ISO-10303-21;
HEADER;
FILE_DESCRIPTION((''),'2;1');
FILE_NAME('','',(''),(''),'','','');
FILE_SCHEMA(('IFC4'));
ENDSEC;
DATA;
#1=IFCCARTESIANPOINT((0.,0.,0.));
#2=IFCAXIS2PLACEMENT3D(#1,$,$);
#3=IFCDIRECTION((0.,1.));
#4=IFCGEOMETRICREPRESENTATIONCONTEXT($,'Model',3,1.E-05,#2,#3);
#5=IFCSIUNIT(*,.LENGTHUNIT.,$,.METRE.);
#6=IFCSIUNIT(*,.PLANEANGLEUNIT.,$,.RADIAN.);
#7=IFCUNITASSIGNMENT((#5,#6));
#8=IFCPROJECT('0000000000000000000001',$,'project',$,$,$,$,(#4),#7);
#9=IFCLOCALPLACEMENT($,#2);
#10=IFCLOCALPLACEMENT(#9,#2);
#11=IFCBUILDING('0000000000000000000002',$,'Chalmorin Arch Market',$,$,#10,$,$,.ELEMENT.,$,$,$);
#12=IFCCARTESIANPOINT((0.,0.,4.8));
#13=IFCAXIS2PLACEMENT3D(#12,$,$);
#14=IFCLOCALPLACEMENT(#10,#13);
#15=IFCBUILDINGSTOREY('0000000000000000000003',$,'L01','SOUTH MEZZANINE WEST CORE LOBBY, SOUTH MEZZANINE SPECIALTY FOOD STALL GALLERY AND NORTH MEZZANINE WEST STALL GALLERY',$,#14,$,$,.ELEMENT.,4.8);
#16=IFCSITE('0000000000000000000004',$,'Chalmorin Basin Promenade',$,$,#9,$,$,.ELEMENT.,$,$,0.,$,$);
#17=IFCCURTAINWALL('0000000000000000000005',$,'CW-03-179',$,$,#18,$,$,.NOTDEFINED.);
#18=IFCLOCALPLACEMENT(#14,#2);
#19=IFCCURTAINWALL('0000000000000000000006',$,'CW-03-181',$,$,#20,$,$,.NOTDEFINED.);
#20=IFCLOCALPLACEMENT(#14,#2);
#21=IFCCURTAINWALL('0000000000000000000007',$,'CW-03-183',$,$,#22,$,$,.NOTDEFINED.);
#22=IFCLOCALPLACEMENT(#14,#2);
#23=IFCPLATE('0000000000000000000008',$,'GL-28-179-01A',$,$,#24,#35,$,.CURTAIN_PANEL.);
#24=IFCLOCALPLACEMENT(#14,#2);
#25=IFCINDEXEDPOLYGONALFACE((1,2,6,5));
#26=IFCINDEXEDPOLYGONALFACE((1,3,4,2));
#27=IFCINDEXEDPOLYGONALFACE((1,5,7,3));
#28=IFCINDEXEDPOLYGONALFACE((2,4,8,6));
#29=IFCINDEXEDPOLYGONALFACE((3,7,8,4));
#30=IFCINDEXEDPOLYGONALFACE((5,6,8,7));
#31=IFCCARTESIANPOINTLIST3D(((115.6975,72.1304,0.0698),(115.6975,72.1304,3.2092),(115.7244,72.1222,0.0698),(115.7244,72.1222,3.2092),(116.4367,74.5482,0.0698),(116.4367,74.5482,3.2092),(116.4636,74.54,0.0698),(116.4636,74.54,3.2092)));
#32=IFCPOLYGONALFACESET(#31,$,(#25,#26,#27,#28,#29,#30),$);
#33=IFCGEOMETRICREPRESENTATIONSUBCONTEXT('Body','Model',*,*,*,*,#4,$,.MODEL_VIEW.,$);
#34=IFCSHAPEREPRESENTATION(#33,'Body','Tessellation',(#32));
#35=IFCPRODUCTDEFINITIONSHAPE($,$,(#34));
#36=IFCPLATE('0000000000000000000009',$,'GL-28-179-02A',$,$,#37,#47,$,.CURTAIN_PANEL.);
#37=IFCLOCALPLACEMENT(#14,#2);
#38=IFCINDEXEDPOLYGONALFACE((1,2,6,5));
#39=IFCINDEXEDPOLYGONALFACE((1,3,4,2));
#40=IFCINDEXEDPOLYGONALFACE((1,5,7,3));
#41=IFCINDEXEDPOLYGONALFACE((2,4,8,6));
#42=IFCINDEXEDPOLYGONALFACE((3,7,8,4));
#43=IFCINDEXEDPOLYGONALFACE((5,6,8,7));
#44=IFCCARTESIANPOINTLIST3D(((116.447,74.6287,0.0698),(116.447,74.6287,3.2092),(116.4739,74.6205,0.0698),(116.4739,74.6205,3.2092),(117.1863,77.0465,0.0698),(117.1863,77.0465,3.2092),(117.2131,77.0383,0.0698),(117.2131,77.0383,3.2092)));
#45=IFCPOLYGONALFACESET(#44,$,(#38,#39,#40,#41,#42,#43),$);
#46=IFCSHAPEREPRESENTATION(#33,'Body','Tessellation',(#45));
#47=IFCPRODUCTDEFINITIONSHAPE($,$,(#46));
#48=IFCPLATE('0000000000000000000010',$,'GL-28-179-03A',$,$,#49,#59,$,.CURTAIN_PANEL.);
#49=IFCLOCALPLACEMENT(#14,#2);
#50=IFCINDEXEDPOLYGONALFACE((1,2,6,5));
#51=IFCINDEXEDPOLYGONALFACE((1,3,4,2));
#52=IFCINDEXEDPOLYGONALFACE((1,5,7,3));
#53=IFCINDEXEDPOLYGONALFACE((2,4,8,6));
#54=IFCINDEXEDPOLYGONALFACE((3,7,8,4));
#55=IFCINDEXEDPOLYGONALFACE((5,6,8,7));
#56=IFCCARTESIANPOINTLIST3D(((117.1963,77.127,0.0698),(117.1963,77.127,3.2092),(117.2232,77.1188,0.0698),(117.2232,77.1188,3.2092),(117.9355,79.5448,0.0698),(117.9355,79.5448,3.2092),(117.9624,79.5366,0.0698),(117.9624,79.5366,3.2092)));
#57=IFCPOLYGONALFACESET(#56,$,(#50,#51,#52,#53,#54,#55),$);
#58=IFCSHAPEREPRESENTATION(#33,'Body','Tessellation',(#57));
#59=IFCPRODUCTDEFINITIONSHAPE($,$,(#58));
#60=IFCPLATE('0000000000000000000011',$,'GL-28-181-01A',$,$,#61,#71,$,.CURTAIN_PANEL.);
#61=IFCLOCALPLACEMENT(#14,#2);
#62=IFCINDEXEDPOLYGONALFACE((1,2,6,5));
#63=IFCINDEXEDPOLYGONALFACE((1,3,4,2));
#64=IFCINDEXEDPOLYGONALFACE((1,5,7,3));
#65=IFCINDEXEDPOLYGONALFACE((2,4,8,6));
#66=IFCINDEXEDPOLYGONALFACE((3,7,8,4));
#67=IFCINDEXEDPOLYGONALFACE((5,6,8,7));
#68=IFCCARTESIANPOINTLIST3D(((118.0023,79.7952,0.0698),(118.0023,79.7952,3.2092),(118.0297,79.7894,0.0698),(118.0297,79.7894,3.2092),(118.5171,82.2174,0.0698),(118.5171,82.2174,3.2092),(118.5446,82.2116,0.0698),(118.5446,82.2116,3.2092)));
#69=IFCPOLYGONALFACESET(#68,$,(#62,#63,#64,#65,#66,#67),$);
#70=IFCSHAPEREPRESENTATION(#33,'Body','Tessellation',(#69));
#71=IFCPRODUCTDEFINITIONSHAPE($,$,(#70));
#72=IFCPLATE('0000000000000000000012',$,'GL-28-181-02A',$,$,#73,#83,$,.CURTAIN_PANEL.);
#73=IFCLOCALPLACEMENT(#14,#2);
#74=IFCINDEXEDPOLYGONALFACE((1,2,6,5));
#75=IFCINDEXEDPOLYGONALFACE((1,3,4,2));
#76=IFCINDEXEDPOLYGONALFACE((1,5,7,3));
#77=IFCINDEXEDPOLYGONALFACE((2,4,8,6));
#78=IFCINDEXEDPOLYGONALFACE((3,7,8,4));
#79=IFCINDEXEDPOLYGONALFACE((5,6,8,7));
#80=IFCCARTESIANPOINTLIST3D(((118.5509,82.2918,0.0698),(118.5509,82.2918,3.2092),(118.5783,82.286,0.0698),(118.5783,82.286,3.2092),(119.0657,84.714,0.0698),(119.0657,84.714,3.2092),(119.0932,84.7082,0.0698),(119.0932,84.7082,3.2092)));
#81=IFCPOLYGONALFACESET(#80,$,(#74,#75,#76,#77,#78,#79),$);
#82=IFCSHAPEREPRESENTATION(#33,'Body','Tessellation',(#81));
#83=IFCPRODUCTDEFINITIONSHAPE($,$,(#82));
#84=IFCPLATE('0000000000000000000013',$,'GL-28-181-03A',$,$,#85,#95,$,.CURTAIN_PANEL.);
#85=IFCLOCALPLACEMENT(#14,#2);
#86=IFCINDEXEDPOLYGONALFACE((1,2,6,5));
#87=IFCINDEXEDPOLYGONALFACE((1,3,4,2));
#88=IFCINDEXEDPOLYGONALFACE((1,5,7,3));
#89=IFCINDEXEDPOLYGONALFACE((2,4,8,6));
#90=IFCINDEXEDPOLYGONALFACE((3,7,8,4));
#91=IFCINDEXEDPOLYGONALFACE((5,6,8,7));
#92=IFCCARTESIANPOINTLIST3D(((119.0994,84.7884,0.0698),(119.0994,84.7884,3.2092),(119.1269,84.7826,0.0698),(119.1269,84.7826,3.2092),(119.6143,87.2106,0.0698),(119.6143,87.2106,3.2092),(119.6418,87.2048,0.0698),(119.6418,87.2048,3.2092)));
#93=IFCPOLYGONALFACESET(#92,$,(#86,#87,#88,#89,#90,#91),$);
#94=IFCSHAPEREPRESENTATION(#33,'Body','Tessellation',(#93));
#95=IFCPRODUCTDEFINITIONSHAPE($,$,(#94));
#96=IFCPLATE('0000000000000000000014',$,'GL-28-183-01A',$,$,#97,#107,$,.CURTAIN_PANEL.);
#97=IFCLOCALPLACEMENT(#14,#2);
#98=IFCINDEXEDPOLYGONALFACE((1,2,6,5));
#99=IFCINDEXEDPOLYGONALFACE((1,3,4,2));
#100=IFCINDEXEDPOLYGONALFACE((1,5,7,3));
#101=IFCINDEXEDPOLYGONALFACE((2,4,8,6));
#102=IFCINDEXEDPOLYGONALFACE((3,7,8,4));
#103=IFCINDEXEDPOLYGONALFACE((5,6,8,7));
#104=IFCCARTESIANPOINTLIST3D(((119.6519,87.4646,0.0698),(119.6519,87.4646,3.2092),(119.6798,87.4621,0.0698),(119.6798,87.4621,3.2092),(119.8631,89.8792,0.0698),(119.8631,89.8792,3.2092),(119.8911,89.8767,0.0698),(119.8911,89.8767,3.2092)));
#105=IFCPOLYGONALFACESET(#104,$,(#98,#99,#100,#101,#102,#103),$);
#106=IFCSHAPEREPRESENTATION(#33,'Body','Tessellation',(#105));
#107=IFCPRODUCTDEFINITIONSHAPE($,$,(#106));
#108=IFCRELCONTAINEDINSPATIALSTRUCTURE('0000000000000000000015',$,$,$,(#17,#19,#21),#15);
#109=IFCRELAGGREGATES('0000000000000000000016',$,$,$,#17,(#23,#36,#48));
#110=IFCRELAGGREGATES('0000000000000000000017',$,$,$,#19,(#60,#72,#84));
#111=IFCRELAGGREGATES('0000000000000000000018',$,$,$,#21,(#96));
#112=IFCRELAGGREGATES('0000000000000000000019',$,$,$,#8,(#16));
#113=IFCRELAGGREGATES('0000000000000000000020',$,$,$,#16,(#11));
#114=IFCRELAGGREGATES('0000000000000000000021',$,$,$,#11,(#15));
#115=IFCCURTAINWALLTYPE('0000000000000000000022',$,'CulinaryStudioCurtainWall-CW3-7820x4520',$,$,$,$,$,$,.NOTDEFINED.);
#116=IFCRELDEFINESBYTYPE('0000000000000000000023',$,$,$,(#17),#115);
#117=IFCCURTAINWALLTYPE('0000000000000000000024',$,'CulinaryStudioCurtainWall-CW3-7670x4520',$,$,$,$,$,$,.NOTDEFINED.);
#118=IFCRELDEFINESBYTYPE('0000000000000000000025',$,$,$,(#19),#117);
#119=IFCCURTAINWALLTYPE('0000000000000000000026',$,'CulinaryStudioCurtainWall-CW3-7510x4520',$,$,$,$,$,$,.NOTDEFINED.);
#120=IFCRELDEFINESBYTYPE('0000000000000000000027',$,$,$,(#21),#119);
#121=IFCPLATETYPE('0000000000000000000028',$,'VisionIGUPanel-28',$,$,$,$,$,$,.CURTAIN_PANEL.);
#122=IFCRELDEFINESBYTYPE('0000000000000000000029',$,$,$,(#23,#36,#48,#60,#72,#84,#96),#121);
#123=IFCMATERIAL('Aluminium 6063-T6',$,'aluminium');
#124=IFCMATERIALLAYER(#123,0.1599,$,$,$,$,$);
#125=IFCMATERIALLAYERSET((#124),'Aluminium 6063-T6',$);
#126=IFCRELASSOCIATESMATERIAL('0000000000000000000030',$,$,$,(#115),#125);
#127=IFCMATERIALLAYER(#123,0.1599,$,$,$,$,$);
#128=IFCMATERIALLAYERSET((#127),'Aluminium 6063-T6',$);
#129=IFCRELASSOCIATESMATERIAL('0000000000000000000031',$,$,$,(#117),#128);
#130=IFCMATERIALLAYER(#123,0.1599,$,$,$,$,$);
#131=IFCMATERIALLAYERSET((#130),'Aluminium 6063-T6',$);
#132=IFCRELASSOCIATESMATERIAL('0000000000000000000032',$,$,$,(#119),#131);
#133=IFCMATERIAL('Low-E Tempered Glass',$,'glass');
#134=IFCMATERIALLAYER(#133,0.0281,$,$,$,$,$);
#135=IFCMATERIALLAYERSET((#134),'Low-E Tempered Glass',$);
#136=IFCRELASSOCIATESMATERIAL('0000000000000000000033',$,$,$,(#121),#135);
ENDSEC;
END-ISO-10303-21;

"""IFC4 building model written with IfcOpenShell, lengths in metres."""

from ifc_helpers import new_model, si_unit, direction, frame, origin, origin_2d, place, context, subcontext, project, spatial, rectangle, extrude, material, layer, layer_set, type_object, element, aggregate, save


model = new_model("IFC4")

# Units and contexts
model_context = context("Model", 3, precision=1e-05, world=origin(), true_north=direction((0.0, 1.0)))
body_context = subcontext(model_context, "Body", "Model", "MODEL_VIEW")
ifc_project = project(units=[si_unit("LENGTHUNIT", "METRE"), si_unit("PLANEANGLEUNIT", "RADIAN")], contexts=[model_context])

# Site, building, storey
site_placement = place(None, origin())
site = spatial("IfcSite", under=ifc_project, at=site_placement, Name="Chalmorin Basin Promenade", CompositionType="ELEMENT", RefElevation=0.0)
building_placement = place(site_placement, origin())
building = spatial("IfcBuilding", under=site, at=building_placement, Name="Chalmorin Arch Market", CompositionType="ELEMENT")
storey_placement = place(building_placement, frame((0.0, 0.0, 4.8)))
storey = spatial("IfcBuildingStorey", under=building, at=storey_placement, Name="L01", Description="SOUTH MEZZANINE WEST CORE LOBBY, SOUTH MEZZANINE SPECIALTY FOOD STALL GALLERY AND NORTH MEZZANINE WEST STALL GALLERY", CompositionType="ELEMENT", Elevation=4.8)

# Shared definitions
ifc_material_1 = material(Name="Aluminium 6063-T6", Category="aluminium")

# Curtain walls
ifc_layer_1 = layer(ifc_material_1, 0.1599)
ifc_layer_set_1 = layer_set([ifc_layer_1], Name="Aluminium 6063-T6")
curtain_wall_type_1 = type_object("IfcCurtainWallType", Name="CulinaryStudioCurtainWall-CW3-7820x4520", PredefinedType="NOTDEFINED", material=ifc_layer_set_1)
curtain_wall_1_placement = place(storey_placement, origin())
curtain_wall_1 = element("IfcCurtainWall", 1, at=curtain_wall_1_placement, inside=storey, type_object=curtain_wall_type_1, Name="CW-03-179", PredefinedType="NOTDEFINED")
ifc_layer_2 = layer(ifc_material_1, 0.1599)
ifc_layer_set_2 = layer_set([ifc_layer_2], Name="Aluminium 6063-T6")
curtain_wall_type_2 = type_object("IfcCurtainWallType", Name="CulinaryStudioCurtainWall-CW3-7670x4520", PredefinedType="NOTDEFINED", material=ifc_layer_set_2)
curtain_wall_2_placement = place(storey_placement, origin())
curtain_wall_2 = element("IfcCurtainWall", 2, at=curtain_wall_2_placement, inside=storey, type_object=curtain_wall_type_2, Name="CW-03-181", PredefinedType="NOTDEFINED")

# Curtain wall
ifc_layer_3 = layer(ifc_material_1, 0.1599)
ifc_layer_set_3 = layer_set([ifc_layer_3], Name="Aluminium 6063-T6")
curtain_wall_type_3 = type_object("IfcCurtainWallType", Name="CulinaryStudioCurtainWall-CW3-7510x4520", PredefinedType="NOTDEFINED", material=ifc_layer_set_3)
curtain_wall_3_placement = place(storey_placement, origin())
curtain_wall_3 = element("IfcCurtainWall", 3, at=curtain_wall_3_placement, inside=storey, type_object=curtain_wall_type_3, Name="CW-03-183", PredefinedType="NOTDEFINED")

# Plates
ifc_material_2 = material(Name="Low-E Tempered Glass", Category="glass")
ifc_layer_4 = layer(ifc_material_2, 0.0281)
ifc_layer_set_4 = layer_set([ifc_layer_4], Name="Low-E Tempered Glass")
plate_type_1 = type_object("IfcPlateType", Name="VisionIGUPanel-28", PredefinedType="CURTAIN_PANEL", material=ifc_layer_set_4)
plate_1_placement = place(storey_placement, frame((116.0806, 73.3352, 0.0698), z_axis=(0.0, 0.0, 1.0), x_axis=(0.292372, 0.956305, 0.0)))
plate_1 = element("IfcPlate", 4, at=plate_1_placement, type_object=plate_type_1, Name="GL-28-179-01A", PredefinedType="CURTAIN_PANEL", context=body_context, shape_type="SweptSolid", body=[
    extrude(rectangle(XDim=2.5283, YDim=0.0281, at=origin_2d()), origin(), (0.0, 0.0, 1.0), 3.1394),
])
plate_2_placement = place(storey_placement, frame((116.8301, 75.8335, 0.0698), z_axis=(0.0, 0.0, 1.0), x_axis=(0.292372, 0.956305, 0.0)))
plate_2 = element("IfcPlate", 5, at=plate_2_placement, type_object=plate_type_1, Name="GL-28-179-02A", PredefinedType="CURTAIN_PANEL", context=body_context, shape_type="SweptSolid", body=[
    extrude(rectangle(XDim=2.5283, YDim=0.0281, at=origin_2d()), origin(), (0.0, 0.0, 1.0), 3.1394),
])
plate_3_placement = place(storey_placement, frame((117.5793, 78.3318, 0.0698), z_axis=(0.0, 0.0, 1.0), x_axis=(0.292372, 0.956305, 0.0)))
plate_3 = element("IfcPlate", 6, at=plate_3_placement, type_object=plate_type_1, Name="GL-28-179-03A", PredefinedType="CURTAIN_PANEL", context=body_context, shape_type="SweptSolid", body=[
    extrude(rectangle(XDim=2.5283, YDim=0.0281, at=origin_2d()), origin(), (0.0, 0.0, 1.0), 3.1394),
])
aggregate(curtain_wall_1, [plate_1, plate_2, plate_3])
plate_4_placement = place(storey_placement, frame((118.2734, 81.0034, 0.0698), z_axis=(0.0, 0.0, 1.0), x_axis=(0.207912, 0.978148, 0.0)))
plate_4 = element("IfcPlate", 7, at=plate_4_placement, type_object=plate_type_1, Name="GL-28-181-01A", PredefinedType="CURTAIN_PANEL", context=body_context, shape_type="SweptSolid", body=[
    extrude(rectangle(XDim=2.4763, YDim=0.0281, at=origin_2d()), origin(), (0.0, 0.0, 1.0), 3.1394),
])
plate_5_placement = place(storey_placement, frame((118.822, 83.5, 0.0698), z_axis=(0.0, 0.0, 1.0), x_axis=(0.207912, 0.978148, 0.0)))
plate_5 = element("IfcPlate", 8, at=plate_5_placement, type_object=plate_type_1, Name="GL-28-181-02A", PredefinedType="CURTAIN_PANEL", context=body_context, shape_type="SweptSolid", body=[
    extrude(rectangle(XDim=2.4763, YDim=0.0281, at=origin_2d()), origin(), (0.0, 0.0, 1.0), 3.1394),
])
plate_6_placement = place(storey_placement, frame((119.3706, 85.9966, 0.0698), z_axis=(0.0, 0.0, 1.0), x_axis=(0.207912, 0.978148, 0.0)))
plate_6 = element("IfcPlate", 9, at=plate_6_placement, type_object=plate_type_1, Name="GL-28-181-03A", PredefinedType="CURTAIN_PANEL", context=body_context, shape_type="SweptSolid", body=[
    extrude(rectangle(XDim=2.4763, YDim=0.0281, at=origin_2d()), origin(), (0.0, 0.0, 1.0), 3.1394),
])
aggregate(curtain_wall_2, [plate_4, plate_5, plate_6])
plate_7_placement = place(storey_placement, frame((119.7715, 88.6707, 0.0698), z_axis=(0.0, 0.0, 1.0), x_axis=(0.087156, 0.996195, 0.0)))
plate_7 = element("IfcPlate", 10, at=plate_7_placement, type_object=plate_type_1, Name="GL-28-183-01A", PredefinedType="CURTAIN_PANEL", context=body_context, shape_type="SweptSolid", body=[
    extrude(rectangle(XDim=2.4238, YDim=0.0281, at=origin_2d()), origin(), (0.0, 0.0, 1.0), 3.1394),
])
aggregate(curtain_wall_3, [plate_7])

save(model, "model.ifc")
